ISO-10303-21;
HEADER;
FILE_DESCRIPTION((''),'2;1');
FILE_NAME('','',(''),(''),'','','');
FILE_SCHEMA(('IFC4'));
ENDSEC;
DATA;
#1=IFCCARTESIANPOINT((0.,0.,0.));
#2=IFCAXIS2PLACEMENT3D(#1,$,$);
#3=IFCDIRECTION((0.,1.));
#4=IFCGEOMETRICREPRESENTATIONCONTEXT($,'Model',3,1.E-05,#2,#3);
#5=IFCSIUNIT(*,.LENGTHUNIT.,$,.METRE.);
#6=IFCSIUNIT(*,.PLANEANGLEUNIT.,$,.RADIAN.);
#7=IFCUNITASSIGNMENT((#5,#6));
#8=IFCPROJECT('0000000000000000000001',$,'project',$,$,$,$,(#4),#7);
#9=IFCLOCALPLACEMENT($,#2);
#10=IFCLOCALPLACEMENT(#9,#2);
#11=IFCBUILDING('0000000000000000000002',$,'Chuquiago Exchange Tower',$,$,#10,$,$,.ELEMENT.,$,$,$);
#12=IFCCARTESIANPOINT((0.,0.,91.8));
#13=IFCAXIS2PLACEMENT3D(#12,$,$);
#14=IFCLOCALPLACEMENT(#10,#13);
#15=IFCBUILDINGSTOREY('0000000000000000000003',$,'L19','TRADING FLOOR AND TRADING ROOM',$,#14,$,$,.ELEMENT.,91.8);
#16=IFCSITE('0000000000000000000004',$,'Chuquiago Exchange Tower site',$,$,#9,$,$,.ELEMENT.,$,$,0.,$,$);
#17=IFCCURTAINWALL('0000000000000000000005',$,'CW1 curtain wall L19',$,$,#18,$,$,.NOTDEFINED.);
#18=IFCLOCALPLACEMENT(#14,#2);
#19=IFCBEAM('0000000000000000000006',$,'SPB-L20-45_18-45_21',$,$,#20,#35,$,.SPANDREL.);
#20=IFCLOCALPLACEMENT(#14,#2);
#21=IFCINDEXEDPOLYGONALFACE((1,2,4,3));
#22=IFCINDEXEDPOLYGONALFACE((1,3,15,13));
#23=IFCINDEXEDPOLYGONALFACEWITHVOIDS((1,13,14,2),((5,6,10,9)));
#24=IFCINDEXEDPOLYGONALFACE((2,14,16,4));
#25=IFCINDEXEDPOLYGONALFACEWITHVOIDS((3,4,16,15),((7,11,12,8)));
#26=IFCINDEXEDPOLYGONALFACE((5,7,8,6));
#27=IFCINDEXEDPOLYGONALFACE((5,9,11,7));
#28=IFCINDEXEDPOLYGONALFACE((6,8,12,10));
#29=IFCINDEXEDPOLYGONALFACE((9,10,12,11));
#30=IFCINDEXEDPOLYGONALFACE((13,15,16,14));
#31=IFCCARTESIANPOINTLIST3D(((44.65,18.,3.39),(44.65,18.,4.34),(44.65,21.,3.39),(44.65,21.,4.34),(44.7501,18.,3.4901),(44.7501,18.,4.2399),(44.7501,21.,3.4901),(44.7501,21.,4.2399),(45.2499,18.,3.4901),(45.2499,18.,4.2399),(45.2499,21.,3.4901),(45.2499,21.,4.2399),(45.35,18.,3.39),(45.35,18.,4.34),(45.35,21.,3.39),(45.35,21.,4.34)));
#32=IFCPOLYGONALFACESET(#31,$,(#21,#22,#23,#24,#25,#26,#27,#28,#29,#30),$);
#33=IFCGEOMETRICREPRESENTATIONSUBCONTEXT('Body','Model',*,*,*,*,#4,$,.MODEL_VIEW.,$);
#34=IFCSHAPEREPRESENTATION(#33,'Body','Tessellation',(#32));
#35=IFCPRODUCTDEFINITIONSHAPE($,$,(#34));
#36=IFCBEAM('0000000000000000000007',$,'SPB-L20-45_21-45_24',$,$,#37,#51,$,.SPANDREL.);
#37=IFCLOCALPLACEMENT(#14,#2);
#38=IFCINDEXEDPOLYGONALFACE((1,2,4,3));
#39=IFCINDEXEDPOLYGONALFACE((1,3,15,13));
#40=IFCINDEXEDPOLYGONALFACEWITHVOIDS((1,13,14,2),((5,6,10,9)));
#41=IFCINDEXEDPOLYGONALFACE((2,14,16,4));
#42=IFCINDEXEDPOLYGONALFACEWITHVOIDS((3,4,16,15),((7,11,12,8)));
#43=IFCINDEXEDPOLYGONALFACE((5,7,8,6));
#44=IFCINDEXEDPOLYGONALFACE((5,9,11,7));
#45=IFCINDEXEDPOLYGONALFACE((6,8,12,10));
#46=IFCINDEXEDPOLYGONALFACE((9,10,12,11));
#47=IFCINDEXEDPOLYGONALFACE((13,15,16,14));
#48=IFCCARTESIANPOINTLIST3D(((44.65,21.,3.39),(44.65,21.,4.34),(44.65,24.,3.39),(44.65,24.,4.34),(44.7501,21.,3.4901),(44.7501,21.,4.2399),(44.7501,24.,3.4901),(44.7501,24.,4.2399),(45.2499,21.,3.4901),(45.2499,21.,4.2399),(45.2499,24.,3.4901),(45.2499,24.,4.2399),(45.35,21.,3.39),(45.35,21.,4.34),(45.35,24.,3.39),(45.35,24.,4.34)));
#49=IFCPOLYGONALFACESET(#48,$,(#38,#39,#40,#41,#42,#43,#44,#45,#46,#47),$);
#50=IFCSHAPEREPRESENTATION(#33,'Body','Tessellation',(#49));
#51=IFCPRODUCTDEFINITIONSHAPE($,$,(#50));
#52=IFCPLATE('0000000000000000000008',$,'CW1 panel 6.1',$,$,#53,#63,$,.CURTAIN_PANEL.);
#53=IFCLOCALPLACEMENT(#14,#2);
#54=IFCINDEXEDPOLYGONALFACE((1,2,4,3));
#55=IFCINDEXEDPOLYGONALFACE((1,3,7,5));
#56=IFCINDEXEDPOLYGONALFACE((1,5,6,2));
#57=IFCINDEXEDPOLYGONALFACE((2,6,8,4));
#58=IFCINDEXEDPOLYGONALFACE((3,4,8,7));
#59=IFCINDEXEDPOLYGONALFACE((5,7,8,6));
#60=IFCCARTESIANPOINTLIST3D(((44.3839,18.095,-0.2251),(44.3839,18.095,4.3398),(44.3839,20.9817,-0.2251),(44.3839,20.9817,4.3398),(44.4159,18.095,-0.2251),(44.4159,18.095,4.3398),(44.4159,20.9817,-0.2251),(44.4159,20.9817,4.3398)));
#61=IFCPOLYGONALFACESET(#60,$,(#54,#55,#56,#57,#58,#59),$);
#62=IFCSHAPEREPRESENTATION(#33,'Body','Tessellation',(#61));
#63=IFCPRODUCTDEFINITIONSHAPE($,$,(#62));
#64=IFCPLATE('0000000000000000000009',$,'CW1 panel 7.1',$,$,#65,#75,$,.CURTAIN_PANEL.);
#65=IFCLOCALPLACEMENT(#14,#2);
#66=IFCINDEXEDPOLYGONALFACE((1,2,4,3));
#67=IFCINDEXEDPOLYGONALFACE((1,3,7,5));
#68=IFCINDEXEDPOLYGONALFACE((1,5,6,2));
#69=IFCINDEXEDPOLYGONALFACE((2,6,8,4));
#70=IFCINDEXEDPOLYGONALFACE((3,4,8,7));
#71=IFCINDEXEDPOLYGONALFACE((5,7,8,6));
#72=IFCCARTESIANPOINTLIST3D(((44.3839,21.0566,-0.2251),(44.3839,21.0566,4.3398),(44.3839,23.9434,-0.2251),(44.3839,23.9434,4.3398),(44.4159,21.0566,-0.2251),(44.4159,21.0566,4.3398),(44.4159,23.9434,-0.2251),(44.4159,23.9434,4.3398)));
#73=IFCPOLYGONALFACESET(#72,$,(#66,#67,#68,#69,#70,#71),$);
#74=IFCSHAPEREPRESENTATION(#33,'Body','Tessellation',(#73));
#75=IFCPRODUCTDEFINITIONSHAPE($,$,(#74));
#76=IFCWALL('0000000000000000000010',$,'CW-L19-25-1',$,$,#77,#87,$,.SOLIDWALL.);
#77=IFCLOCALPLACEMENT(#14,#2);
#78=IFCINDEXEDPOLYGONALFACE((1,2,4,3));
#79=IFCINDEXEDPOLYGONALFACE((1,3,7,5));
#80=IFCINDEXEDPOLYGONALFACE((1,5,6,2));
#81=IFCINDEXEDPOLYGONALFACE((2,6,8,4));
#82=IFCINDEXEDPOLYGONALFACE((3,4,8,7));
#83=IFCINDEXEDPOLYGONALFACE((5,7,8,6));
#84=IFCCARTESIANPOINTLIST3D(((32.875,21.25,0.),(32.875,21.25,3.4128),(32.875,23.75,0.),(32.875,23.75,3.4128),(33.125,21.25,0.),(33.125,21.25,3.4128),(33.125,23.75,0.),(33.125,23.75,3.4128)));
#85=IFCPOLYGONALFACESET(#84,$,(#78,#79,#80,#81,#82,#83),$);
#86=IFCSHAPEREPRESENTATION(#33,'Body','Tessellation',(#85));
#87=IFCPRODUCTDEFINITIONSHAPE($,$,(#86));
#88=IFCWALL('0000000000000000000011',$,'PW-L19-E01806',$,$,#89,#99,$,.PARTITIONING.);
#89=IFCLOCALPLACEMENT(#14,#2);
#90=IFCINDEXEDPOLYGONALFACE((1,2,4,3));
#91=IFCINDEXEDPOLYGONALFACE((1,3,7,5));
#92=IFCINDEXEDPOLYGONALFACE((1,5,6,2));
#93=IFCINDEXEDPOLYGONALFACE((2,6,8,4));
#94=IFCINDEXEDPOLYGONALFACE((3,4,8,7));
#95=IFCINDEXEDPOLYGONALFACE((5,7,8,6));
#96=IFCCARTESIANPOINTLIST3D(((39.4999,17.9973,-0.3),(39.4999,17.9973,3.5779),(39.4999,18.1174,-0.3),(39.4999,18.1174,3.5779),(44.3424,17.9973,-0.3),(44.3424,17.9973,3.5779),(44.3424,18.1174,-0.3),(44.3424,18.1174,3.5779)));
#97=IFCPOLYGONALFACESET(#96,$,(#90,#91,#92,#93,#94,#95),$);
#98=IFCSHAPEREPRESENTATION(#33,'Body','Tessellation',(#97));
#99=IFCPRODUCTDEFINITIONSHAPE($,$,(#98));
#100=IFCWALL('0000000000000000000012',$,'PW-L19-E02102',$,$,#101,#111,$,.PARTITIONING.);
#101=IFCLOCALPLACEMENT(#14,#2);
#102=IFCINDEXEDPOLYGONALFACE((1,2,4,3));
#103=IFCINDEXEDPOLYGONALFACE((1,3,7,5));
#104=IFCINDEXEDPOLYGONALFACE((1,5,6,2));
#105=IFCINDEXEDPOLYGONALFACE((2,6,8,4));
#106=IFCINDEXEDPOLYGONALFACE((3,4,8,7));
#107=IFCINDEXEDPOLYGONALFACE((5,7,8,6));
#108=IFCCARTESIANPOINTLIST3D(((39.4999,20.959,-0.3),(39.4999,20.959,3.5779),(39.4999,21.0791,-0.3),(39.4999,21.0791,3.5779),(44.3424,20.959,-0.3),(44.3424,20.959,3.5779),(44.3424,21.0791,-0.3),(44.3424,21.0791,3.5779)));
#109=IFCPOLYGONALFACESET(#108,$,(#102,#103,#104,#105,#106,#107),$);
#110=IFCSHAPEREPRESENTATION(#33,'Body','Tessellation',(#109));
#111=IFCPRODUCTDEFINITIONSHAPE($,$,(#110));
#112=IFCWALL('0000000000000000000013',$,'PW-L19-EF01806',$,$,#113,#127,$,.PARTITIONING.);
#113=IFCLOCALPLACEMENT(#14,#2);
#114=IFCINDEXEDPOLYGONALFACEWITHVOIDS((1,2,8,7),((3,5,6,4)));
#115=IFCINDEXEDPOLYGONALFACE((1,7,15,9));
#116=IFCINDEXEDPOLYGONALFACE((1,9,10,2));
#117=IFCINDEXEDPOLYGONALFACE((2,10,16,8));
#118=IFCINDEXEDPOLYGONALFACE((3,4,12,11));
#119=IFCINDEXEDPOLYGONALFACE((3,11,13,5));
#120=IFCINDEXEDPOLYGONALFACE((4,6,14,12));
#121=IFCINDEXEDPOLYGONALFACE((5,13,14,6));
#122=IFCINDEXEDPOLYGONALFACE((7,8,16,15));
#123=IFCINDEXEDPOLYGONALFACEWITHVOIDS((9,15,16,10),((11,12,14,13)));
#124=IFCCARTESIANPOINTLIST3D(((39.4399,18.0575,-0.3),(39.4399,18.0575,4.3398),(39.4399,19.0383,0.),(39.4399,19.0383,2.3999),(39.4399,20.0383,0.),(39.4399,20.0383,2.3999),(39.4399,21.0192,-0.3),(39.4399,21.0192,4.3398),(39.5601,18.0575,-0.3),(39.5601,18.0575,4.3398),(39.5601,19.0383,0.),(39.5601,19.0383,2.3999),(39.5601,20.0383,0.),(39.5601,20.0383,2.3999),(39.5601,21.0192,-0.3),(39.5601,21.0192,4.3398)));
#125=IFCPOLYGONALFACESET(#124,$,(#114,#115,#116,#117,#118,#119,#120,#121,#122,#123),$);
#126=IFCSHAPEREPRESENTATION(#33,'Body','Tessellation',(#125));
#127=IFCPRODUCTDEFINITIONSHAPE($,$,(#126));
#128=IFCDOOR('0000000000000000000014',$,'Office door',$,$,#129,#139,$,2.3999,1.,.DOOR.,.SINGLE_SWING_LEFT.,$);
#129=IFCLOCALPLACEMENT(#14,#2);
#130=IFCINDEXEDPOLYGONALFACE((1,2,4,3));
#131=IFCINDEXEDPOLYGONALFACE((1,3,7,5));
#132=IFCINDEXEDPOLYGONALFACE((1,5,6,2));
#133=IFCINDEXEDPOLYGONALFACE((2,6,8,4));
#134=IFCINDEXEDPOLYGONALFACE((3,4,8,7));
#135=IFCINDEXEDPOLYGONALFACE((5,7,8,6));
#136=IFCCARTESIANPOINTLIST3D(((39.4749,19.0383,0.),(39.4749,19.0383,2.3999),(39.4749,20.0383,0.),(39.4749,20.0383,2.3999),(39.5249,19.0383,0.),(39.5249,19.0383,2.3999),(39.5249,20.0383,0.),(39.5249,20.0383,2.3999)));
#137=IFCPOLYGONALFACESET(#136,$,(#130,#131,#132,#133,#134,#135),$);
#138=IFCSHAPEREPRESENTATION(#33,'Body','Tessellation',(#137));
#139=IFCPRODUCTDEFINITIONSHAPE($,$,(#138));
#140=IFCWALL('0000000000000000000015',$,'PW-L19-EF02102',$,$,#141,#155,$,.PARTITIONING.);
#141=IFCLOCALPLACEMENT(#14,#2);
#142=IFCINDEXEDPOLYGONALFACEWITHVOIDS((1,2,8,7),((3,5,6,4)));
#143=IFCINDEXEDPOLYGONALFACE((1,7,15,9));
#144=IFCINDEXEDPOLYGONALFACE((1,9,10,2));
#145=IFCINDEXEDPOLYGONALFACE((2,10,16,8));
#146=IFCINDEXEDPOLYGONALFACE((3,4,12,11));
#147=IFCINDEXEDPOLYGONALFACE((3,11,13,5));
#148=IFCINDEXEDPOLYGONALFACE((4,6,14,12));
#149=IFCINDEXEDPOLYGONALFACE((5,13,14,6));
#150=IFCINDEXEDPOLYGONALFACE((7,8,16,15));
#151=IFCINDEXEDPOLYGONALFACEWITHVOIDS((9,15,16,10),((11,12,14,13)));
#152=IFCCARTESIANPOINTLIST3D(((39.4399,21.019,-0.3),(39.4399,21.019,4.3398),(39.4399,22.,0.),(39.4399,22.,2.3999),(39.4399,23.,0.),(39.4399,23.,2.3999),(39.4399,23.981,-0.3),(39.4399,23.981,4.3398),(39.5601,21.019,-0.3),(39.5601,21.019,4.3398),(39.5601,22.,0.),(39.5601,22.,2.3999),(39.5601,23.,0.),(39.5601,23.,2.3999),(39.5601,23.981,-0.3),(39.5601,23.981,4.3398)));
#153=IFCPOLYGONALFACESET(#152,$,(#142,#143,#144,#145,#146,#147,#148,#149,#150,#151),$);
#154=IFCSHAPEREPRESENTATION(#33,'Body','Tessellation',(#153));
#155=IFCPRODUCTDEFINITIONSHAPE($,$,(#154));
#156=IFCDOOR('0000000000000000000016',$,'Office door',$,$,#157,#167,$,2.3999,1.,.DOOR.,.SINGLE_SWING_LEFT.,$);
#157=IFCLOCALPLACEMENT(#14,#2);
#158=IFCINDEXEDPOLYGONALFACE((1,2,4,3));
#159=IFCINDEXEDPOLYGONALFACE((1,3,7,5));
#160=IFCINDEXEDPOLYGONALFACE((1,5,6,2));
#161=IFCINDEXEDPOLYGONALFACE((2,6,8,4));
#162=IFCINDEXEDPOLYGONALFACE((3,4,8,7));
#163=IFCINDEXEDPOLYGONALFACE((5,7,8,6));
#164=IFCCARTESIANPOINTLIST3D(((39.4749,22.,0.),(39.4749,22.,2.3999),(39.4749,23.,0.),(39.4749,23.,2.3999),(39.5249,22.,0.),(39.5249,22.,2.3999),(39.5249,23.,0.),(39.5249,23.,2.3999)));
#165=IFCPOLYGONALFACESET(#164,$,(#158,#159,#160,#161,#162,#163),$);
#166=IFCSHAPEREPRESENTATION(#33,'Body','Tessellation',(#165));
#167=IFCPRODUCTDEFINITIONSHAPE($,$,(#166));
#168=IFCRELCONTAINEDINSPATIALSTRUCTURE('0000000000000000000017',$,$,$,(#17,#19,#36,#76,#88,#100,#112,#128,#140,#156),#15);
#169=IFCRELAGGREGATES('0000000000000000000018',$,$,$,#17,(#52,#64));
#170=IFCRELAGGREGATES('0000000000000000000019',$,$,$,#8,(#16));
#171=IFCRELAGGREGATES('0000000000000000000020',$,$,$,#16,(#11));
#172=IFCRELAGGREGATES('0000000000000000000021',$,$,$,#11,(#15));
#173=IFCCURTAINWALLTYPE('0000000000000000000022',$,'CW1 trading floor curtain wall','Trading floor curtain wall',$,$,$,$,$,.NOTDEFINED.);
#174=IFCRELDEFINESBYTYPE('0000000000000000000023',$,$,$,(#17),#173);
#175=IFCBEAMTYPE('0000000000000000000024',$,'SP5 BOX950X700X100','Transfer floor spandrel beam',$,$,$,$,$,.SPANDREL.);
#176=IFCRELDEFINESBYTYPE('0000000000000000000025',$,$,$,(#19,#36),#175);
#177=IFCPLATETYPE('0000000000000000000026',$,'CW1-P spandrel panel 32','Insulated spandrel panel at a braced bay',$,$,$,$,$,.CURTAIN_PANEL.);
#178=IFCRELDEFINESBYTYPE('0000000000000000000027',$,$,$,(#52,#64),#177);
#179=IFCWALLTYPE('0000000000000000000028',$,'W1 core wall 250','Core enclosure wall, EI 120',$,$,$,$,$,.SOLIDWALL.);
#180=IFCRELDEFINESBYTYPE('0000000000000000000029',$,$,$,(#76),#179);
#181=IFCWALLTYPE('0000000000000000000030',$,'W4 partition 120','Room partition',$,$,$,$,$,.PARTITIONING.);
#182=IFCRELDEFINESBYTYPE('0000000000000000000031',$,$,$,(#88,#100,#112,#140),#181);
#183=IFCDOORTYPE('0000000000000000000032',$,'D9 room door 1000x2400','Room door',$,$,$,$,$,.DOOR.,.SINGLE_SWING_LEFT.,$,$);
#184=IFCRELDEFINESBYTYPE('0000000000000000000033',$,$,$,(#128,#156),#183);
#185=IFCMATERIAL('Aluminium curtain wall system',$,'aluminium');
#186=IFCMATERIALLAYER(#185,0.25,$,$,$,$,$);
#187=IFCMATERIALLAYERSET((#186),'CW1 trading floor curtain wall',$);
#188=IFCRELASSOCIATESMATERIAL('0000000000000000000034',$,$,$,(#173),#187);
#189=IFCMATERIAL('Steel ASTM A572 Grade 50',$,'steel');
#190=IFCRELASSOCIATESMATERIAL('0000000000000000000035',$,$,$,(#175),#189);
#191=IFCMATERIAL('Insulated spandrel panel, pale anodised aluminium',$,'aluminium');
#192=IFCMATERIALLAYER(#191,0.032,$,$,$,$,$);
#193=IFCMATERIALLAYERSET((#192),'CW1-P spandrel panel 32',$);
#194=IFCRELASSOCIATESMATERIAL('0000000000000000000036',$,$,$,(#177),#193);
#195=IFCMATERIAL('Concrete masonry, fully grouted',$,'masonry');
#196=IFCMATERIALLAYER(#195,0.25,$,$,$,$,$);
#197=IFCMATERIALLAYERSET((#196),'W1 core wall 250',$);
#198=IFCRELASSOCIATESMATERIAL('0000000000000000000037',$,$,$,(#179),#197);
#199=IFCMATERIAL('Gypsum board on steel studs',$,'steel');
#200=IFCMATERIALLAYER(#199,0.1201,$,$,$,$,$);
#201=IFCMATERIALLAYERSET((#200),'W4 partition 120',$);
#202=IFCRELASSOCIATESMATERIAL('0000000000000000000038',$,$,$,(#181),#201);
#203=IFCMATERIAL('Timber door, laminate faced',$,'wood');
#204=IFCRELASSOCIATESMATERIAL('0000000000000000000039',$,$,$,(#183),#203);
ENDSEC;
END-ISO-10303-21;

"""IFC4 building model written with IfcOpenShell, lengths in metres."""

from ifc_helpers import new_model, si_unit, direction, frame, frame_2d, origin, origin_2d, place, context, subcontext, project, spatial, rectangle, hollow_rectangle, extrude, material, layer, layer_set, material_profile, profile_set, type_object, element, fill, aggregate, save


model = new_model("IFC4")

# Units and contexts
model_context = context("Model", 3, precision=1e-05, world=origin(), true_north=direction((0.0, 1.0)))
body_context = subcontext(model_context, "Body", "Model", "MODEL_VIEW")
ifc_project = project(units=[si_unit("LENGTHUNIT", "METRE"), si_unit("PLANEANGLEUNIT", "RADIAN")], contexts=[model_context])

# Site, building, storey
site_placement = place(None, origin())
site = spatial("IfcSite", under=ifc_project, at=site_placement, Name="Chuquiago Exchange Tower site", CompositionType="ELEMENT", RefElevation=0.0)
building_placement = place(site_placement, origin())
building = spatial("IfcBuilding", under=site, at=building_placement, Name="Chuquiago Exchange Tower", CompositionType="ELEMENT")
storey_placement = place(building_placement, frame((0.0, 0.0, 91.8)))
storey = spatial("IfcBuildingStorey", under=building, at=storey_placement, Name="L19", Description="TRADING FLOOR AND TRADING ROOM", CompositionType="ELEMENT", Elevation=91.8)

# Curtain wall
ifc_material_1 = material(Name="Aluminium curtain wall system", Category="aluminium")
ifc_layer_1 = layer(ifc_material_1, 0.25)
ifc_layer_set_1 = layer_set([ifc_layer_1], Name="CW1 trading floor curtain wall")
curtain_wall_type = type_object("IfcCurtainWallType", Name="CW1 trading floor curtain wall", Description="Trading floor curtain wall", PredefinedType="NOTDEFINED", material=ifc_layer_set_1)
curtain_wall_placement = place(storey_placement, origin())
curtain_wall = element("IfcCurtainWall", 1, at=curtain_wall_placement, inside=storey, type_object=curtain_wall_type, Name="CW1 curtain wall L19", PredefinedType="NOTDEFINED")

# Beams
ifc_material_2 = material(Name="Steel ASTM A572 Grade 50", Category="steel")
ifc_material_profile_1 = material_profile(ifc_material_2, hollow_rectangle(XDim=0.7, YDim=0.95, WallThickness=0.1001, at=origin_2d()), Name="BOX950X700X100")
ifc_profile_set_1 = profile_set([ifc_material_profile_1], Name="Steel ASTM A572 Grade 50")
beam_type_1 = type_object("IfcBeamType", Name="SP5 BOX950X700X100", Description="Transfer floor spandrel beam", PredefinedType="SPANDREL", material=ifc_profile_set_1)
for number, where, z_axis, x_axis, name in (
    (2, (45.0, 18.0, 3.865), (0.0, 1.0, 0.0), (-1.0, 0.0, 0.0), "SPB-L20-45_18-45_21"),
    (3, (45.0, 21.0, 3.865), (0.0, 1.0, 0.0), (-1.0, 0.0, 0.0), "SPB-L20-45_21-45_24"),
):
    element("IfcBeam", number, at=place(storey_placement, frame(where, z_axis=z_axis, x_axis=x_axis)), inside=storey, type_object=beam_type_1, Name=name, PredefinedType="SPANDREL", context=body_context, shape_type="SweptSolid", body=[
        extrude(hollow_rectangle(XDim=0.7, YDim=0.95, WallThickness=0.1001, at=origin_2d()), origin(), (0.0, 0.0, 1.0), 3.0),
    ])

# Plates
ifc_material_3 = material(Name="Insulated spandrel panel, pale anodised aluminium", Category="aluminium")
ifc_layer_2 = layer(ifc_material_3, 0.032)
ifc_layer_set_2 = layer_set([ifc_layer_2], Name="CW1-P spandrel panel 32")
plate_type = type_object("IfcPlateType", Name="CW1-P spandrel panel 32", Description="Insulated spandrel panel at a braced bay", PredefinedType="CURTAIN_PANEL", material=ifc_layer_set_2)
plate_1_placement = place(storey_placement, frame((44.3999, 19.5383, -0.2251), z_axis=(0.0, 0.0, 1.0), x_axis=(0.0, 1.0, 0.0)))
plate_1 = element("IfcPlate", 4, at=plate_1_placement, type_object=plate_type, Name="CW1 panel 6.1", PredefinedType="CURTAIN_PANEL", context=body_context, shape_type="SweptSolid", body=[
    extrude(rectangle(XDim=2.8867, YDim=0.032, at=origin_2d()), origin(), (0.0, 0.0, 1.0), 4.5649),
])
plate_2_placement = place(storey_placement, frame((44.3999, 22.5, -0.2251), z_axis=(0.0, 0.0, 1.0), x_axis=(0.0, 1.0, 0.0)))
plate_2 = element("IfcPlate", 5, at=plate_2_placement, type_object=plate_type, Name="CW1 panel 7.1", PredefinedType="CURTAIN_PANEL", context=body_context, shape_type="SweptSolid", body=[
    extrude(rectangle(XDim=2.8867, YDim=0.032, at=origin_2d()), origin(), (0.0, 0.0, 1.0), 4.5649),
])
aggregate(curtain_wall, [plate_1, plate_2])

# Walls
ifc_material_4 = material(Name="Concrete masonry, fully grouted", Category="masonry")
ifc_layer_3 = layer(ifc_material_4, 0.25)
ifc_layer_set_3 = layer_set([ifc_layer_3], Name="W1 core wall 250")
wall_type_1 = type_object("IfcWallType", Name="W1 core wall 250", Description="Core enclosure wall, EI 120", PredefinedType="SOLIDWALL", material=ifc_layer_set_3)
wall_1_placement = place(storey_placement, frame((33.0, 21.25, 0.0), z_axis=(0.0, 0.0, 1.0), x_axis=(0.0, 1.0, 0.0)))
element("IfcWall", 6, at=wall_1_placement, inside=storey, type_object=wall_type_1, Name="CW-L19-25-1", PredefinedType="SOLIDWALL", context=body_context, shape_type="SweptSolid", body=[
    extrude(rectangle(XDim=2.5, YDim=0.25, at=frame_2d((1.25, 0.0))), origin(), (0.0, 0.0, 1.0), 3.4128),
])
ifc_material_5 = material(Name="Gypsum board on steel studs", Category="steel")
ifc_layer_4 = layer(ifc_material_5, 0.1201)
ifc_layer_set_4 = layer_set([ifc_layer_4], Name="W4 partition 120")
wall_type_2 = type_object("IfcWallType", Name="W4 partition 120", Description="Room partition", PredefinedType="PARTITIONING", material=ifc_layer_set_4)
for number, where, z_axis, x_axis, name in (
    (7, (44.3425, 18.0574, -0.3), (0.0, 0.0, 1.0), (-1.0, 0.0, 0.0), "PW-L19-E01806"),
    (8, (44.3425, 21.019, -0.3), (0.0, 0.0, 1.0), (-1.0, 0.0, 0.0), "PW-L19-E02102"),
):
    element("IfcWall", number, at=place(storey_placement, frame(where, z_axis=z_axis, x_axis=x_axis)), inside=storey, type_object=wall_type_2, Name=name, PredefinedType="PARTITIONING", context=body_context, shape_type="SweptSolid", body=[
        extrude(rectangle(XDim=4.8425, YDim=0.1201, at=frame_2d((2.4214, 0.0))), origin(), (0.0, 0.0, 1.0), 3.8779),
    ])

# Walls, openings, doors
wall_2_placement = place(storey_placement, frame((39.5, 18.0574, -0.3), z_axis=(0.0, 0.0, 1.0), x_axis=(0.0, 1.0, 0.0)))
wall_2 = element("IfcWall", 9, at=wall_2_placement, inside=storey, type_object=wall_type_2, Name="PW-L19-EF01806", PredefinedType="PARTITIONING", context=body_context, shape_type="SweptSolid", body=[
    extrude(rectangle(XDim=2.9617, YDim=0.1201, at=frame_2d((1.481, 0.0))), origin(), (0.0, 0.0, 1.0), 4.6399),
])
opening_1_placement = place(wall_2_placement, frame((0.981, 0.0, 0.3)))
opening_1 = element("IfcOpeningElement", 10, at=opening_1_placement, cuts=wall_2, PredefinedType="OPENING", context=body_context, shape_type="SweptSolid", body=[
    extrude(rectangle(XDim=1.0, YDim=2.3999, at=frame_2d((0.5, 1.2))), frame((0.0, 0.0701, 0.0), z_axis=(0.0, -1.0, 0.0), x_axis=(1.0, 0.0, 0.0)), (0.0, 0.0, 1.0), 0.1401),
])
ifc_material_6 = material(Name="Timber door, laminate faced", Category="wood")
door_type = type_object("IfcDoorType", Name="D9 room door 1000x2400", Description="Room door", OperationType="SINGLE_SWING_LEFT", PredefinedType="DOOR", material=ifc_material_6)
door_1_placement = place(opening_1_placement, frame((1.0, 0.0, 0.0), z_axis=(0.0, 0.0, 1.0), x_axis=(-1.0, 0.0, 0.0)))
door_1 = element("IfcDoor", 11, at=door_1_placement, inside=storey, type_object=door_type, Name="Office door", OperationType="SINGLE_SWING_LEFT", OverallHeight=2.3999, OverallWidth=1.0, PredefinedType="DOOR", context=body_context, shape_type="SweptSolid", body=[
    extrude(rectangle(XDim=1.0, YDim=2.3999, at=frame_2d((0.5, 1.2))), frame((0.0, 0.0249, 0.0), z_axis=(0.0, -1.0, 0.0), x_axis=(1.0, 0.0, 0.0)), (0.0, 0.0, 1.0), 0.05),
])
fill(opening_1, door_1)
wall_3_placement = place(storey_placement, frame((39.5, 21.019, -0.3), z_axis=(0.0, 0.0, 1.0), x_axis=(0.0, 1.0, 0.0)))
wall_3 = element("IfcWall", 12, at=wall_3_placement, inside=storey, type_object=wall_type_2, Name="PW-L19-EF02102", PredefinedType="PARTITIONING", context=body_context, shape_type="SweptSolid", body=[
    extrude(rectangle(XDim=2.9619, YDim=0.1201, at=frame_2d((1.481, 0.0))), origin(), (0.0, 0.0, 1.0), 4.6399),
])
opening_2_placement = place(wall_3_placement, frame((0.981, 0.0, 0.3)))
opening_2 = element("IfcOpeningElement", 13, at=opening_2_placement, cuts=wall_3, PredefinedType="OPENING", context=body_context, shape_type="SweptSolid", body=[
    extrude(rectangle(XDim=1.0, YDim=2.3999, at=frame_2d((0.5, 1.2))), frame((0.0, 0.0701, 0.0), z_axis=(0.0, -1.0, 0.0), x_axis=(1.0, 0.0, 0.0)), (0.0, 0.0, 1.0), 0.1401),
])
door_2_placement = place(opening_2_placement, frame((1.0, 0.0, 0.0), z_axis=(0.0, 0.0, 1.0), x_axis=(-1.0, 0.0, 0.0)))
door_2 = element("IfcDoor", 14, at=door_2_placement, inside=storey, type_object=door_type, Name="Office door", OperationType="SINGLE_SWING_LEFT", OverallHeight=2.3999, OverallWidth=1.0, PredefinedType="DOOR", context=body_context, shape_type="SweptSolid", body=[
    extrude(rectangle(XDim=1.0, YDim=2.3999, at=frame_2d((0.5, 1.2))), frame((0.0, 0.0249, 0.0), z_axis=(0.0, -1.0, 0.0), x_axis=(1.0, 0.0, 0.0)), (0.0, 0.0, 1.0), 0.05),
])
fill(opening_2, door_2)

save(model, "model.ifc")
